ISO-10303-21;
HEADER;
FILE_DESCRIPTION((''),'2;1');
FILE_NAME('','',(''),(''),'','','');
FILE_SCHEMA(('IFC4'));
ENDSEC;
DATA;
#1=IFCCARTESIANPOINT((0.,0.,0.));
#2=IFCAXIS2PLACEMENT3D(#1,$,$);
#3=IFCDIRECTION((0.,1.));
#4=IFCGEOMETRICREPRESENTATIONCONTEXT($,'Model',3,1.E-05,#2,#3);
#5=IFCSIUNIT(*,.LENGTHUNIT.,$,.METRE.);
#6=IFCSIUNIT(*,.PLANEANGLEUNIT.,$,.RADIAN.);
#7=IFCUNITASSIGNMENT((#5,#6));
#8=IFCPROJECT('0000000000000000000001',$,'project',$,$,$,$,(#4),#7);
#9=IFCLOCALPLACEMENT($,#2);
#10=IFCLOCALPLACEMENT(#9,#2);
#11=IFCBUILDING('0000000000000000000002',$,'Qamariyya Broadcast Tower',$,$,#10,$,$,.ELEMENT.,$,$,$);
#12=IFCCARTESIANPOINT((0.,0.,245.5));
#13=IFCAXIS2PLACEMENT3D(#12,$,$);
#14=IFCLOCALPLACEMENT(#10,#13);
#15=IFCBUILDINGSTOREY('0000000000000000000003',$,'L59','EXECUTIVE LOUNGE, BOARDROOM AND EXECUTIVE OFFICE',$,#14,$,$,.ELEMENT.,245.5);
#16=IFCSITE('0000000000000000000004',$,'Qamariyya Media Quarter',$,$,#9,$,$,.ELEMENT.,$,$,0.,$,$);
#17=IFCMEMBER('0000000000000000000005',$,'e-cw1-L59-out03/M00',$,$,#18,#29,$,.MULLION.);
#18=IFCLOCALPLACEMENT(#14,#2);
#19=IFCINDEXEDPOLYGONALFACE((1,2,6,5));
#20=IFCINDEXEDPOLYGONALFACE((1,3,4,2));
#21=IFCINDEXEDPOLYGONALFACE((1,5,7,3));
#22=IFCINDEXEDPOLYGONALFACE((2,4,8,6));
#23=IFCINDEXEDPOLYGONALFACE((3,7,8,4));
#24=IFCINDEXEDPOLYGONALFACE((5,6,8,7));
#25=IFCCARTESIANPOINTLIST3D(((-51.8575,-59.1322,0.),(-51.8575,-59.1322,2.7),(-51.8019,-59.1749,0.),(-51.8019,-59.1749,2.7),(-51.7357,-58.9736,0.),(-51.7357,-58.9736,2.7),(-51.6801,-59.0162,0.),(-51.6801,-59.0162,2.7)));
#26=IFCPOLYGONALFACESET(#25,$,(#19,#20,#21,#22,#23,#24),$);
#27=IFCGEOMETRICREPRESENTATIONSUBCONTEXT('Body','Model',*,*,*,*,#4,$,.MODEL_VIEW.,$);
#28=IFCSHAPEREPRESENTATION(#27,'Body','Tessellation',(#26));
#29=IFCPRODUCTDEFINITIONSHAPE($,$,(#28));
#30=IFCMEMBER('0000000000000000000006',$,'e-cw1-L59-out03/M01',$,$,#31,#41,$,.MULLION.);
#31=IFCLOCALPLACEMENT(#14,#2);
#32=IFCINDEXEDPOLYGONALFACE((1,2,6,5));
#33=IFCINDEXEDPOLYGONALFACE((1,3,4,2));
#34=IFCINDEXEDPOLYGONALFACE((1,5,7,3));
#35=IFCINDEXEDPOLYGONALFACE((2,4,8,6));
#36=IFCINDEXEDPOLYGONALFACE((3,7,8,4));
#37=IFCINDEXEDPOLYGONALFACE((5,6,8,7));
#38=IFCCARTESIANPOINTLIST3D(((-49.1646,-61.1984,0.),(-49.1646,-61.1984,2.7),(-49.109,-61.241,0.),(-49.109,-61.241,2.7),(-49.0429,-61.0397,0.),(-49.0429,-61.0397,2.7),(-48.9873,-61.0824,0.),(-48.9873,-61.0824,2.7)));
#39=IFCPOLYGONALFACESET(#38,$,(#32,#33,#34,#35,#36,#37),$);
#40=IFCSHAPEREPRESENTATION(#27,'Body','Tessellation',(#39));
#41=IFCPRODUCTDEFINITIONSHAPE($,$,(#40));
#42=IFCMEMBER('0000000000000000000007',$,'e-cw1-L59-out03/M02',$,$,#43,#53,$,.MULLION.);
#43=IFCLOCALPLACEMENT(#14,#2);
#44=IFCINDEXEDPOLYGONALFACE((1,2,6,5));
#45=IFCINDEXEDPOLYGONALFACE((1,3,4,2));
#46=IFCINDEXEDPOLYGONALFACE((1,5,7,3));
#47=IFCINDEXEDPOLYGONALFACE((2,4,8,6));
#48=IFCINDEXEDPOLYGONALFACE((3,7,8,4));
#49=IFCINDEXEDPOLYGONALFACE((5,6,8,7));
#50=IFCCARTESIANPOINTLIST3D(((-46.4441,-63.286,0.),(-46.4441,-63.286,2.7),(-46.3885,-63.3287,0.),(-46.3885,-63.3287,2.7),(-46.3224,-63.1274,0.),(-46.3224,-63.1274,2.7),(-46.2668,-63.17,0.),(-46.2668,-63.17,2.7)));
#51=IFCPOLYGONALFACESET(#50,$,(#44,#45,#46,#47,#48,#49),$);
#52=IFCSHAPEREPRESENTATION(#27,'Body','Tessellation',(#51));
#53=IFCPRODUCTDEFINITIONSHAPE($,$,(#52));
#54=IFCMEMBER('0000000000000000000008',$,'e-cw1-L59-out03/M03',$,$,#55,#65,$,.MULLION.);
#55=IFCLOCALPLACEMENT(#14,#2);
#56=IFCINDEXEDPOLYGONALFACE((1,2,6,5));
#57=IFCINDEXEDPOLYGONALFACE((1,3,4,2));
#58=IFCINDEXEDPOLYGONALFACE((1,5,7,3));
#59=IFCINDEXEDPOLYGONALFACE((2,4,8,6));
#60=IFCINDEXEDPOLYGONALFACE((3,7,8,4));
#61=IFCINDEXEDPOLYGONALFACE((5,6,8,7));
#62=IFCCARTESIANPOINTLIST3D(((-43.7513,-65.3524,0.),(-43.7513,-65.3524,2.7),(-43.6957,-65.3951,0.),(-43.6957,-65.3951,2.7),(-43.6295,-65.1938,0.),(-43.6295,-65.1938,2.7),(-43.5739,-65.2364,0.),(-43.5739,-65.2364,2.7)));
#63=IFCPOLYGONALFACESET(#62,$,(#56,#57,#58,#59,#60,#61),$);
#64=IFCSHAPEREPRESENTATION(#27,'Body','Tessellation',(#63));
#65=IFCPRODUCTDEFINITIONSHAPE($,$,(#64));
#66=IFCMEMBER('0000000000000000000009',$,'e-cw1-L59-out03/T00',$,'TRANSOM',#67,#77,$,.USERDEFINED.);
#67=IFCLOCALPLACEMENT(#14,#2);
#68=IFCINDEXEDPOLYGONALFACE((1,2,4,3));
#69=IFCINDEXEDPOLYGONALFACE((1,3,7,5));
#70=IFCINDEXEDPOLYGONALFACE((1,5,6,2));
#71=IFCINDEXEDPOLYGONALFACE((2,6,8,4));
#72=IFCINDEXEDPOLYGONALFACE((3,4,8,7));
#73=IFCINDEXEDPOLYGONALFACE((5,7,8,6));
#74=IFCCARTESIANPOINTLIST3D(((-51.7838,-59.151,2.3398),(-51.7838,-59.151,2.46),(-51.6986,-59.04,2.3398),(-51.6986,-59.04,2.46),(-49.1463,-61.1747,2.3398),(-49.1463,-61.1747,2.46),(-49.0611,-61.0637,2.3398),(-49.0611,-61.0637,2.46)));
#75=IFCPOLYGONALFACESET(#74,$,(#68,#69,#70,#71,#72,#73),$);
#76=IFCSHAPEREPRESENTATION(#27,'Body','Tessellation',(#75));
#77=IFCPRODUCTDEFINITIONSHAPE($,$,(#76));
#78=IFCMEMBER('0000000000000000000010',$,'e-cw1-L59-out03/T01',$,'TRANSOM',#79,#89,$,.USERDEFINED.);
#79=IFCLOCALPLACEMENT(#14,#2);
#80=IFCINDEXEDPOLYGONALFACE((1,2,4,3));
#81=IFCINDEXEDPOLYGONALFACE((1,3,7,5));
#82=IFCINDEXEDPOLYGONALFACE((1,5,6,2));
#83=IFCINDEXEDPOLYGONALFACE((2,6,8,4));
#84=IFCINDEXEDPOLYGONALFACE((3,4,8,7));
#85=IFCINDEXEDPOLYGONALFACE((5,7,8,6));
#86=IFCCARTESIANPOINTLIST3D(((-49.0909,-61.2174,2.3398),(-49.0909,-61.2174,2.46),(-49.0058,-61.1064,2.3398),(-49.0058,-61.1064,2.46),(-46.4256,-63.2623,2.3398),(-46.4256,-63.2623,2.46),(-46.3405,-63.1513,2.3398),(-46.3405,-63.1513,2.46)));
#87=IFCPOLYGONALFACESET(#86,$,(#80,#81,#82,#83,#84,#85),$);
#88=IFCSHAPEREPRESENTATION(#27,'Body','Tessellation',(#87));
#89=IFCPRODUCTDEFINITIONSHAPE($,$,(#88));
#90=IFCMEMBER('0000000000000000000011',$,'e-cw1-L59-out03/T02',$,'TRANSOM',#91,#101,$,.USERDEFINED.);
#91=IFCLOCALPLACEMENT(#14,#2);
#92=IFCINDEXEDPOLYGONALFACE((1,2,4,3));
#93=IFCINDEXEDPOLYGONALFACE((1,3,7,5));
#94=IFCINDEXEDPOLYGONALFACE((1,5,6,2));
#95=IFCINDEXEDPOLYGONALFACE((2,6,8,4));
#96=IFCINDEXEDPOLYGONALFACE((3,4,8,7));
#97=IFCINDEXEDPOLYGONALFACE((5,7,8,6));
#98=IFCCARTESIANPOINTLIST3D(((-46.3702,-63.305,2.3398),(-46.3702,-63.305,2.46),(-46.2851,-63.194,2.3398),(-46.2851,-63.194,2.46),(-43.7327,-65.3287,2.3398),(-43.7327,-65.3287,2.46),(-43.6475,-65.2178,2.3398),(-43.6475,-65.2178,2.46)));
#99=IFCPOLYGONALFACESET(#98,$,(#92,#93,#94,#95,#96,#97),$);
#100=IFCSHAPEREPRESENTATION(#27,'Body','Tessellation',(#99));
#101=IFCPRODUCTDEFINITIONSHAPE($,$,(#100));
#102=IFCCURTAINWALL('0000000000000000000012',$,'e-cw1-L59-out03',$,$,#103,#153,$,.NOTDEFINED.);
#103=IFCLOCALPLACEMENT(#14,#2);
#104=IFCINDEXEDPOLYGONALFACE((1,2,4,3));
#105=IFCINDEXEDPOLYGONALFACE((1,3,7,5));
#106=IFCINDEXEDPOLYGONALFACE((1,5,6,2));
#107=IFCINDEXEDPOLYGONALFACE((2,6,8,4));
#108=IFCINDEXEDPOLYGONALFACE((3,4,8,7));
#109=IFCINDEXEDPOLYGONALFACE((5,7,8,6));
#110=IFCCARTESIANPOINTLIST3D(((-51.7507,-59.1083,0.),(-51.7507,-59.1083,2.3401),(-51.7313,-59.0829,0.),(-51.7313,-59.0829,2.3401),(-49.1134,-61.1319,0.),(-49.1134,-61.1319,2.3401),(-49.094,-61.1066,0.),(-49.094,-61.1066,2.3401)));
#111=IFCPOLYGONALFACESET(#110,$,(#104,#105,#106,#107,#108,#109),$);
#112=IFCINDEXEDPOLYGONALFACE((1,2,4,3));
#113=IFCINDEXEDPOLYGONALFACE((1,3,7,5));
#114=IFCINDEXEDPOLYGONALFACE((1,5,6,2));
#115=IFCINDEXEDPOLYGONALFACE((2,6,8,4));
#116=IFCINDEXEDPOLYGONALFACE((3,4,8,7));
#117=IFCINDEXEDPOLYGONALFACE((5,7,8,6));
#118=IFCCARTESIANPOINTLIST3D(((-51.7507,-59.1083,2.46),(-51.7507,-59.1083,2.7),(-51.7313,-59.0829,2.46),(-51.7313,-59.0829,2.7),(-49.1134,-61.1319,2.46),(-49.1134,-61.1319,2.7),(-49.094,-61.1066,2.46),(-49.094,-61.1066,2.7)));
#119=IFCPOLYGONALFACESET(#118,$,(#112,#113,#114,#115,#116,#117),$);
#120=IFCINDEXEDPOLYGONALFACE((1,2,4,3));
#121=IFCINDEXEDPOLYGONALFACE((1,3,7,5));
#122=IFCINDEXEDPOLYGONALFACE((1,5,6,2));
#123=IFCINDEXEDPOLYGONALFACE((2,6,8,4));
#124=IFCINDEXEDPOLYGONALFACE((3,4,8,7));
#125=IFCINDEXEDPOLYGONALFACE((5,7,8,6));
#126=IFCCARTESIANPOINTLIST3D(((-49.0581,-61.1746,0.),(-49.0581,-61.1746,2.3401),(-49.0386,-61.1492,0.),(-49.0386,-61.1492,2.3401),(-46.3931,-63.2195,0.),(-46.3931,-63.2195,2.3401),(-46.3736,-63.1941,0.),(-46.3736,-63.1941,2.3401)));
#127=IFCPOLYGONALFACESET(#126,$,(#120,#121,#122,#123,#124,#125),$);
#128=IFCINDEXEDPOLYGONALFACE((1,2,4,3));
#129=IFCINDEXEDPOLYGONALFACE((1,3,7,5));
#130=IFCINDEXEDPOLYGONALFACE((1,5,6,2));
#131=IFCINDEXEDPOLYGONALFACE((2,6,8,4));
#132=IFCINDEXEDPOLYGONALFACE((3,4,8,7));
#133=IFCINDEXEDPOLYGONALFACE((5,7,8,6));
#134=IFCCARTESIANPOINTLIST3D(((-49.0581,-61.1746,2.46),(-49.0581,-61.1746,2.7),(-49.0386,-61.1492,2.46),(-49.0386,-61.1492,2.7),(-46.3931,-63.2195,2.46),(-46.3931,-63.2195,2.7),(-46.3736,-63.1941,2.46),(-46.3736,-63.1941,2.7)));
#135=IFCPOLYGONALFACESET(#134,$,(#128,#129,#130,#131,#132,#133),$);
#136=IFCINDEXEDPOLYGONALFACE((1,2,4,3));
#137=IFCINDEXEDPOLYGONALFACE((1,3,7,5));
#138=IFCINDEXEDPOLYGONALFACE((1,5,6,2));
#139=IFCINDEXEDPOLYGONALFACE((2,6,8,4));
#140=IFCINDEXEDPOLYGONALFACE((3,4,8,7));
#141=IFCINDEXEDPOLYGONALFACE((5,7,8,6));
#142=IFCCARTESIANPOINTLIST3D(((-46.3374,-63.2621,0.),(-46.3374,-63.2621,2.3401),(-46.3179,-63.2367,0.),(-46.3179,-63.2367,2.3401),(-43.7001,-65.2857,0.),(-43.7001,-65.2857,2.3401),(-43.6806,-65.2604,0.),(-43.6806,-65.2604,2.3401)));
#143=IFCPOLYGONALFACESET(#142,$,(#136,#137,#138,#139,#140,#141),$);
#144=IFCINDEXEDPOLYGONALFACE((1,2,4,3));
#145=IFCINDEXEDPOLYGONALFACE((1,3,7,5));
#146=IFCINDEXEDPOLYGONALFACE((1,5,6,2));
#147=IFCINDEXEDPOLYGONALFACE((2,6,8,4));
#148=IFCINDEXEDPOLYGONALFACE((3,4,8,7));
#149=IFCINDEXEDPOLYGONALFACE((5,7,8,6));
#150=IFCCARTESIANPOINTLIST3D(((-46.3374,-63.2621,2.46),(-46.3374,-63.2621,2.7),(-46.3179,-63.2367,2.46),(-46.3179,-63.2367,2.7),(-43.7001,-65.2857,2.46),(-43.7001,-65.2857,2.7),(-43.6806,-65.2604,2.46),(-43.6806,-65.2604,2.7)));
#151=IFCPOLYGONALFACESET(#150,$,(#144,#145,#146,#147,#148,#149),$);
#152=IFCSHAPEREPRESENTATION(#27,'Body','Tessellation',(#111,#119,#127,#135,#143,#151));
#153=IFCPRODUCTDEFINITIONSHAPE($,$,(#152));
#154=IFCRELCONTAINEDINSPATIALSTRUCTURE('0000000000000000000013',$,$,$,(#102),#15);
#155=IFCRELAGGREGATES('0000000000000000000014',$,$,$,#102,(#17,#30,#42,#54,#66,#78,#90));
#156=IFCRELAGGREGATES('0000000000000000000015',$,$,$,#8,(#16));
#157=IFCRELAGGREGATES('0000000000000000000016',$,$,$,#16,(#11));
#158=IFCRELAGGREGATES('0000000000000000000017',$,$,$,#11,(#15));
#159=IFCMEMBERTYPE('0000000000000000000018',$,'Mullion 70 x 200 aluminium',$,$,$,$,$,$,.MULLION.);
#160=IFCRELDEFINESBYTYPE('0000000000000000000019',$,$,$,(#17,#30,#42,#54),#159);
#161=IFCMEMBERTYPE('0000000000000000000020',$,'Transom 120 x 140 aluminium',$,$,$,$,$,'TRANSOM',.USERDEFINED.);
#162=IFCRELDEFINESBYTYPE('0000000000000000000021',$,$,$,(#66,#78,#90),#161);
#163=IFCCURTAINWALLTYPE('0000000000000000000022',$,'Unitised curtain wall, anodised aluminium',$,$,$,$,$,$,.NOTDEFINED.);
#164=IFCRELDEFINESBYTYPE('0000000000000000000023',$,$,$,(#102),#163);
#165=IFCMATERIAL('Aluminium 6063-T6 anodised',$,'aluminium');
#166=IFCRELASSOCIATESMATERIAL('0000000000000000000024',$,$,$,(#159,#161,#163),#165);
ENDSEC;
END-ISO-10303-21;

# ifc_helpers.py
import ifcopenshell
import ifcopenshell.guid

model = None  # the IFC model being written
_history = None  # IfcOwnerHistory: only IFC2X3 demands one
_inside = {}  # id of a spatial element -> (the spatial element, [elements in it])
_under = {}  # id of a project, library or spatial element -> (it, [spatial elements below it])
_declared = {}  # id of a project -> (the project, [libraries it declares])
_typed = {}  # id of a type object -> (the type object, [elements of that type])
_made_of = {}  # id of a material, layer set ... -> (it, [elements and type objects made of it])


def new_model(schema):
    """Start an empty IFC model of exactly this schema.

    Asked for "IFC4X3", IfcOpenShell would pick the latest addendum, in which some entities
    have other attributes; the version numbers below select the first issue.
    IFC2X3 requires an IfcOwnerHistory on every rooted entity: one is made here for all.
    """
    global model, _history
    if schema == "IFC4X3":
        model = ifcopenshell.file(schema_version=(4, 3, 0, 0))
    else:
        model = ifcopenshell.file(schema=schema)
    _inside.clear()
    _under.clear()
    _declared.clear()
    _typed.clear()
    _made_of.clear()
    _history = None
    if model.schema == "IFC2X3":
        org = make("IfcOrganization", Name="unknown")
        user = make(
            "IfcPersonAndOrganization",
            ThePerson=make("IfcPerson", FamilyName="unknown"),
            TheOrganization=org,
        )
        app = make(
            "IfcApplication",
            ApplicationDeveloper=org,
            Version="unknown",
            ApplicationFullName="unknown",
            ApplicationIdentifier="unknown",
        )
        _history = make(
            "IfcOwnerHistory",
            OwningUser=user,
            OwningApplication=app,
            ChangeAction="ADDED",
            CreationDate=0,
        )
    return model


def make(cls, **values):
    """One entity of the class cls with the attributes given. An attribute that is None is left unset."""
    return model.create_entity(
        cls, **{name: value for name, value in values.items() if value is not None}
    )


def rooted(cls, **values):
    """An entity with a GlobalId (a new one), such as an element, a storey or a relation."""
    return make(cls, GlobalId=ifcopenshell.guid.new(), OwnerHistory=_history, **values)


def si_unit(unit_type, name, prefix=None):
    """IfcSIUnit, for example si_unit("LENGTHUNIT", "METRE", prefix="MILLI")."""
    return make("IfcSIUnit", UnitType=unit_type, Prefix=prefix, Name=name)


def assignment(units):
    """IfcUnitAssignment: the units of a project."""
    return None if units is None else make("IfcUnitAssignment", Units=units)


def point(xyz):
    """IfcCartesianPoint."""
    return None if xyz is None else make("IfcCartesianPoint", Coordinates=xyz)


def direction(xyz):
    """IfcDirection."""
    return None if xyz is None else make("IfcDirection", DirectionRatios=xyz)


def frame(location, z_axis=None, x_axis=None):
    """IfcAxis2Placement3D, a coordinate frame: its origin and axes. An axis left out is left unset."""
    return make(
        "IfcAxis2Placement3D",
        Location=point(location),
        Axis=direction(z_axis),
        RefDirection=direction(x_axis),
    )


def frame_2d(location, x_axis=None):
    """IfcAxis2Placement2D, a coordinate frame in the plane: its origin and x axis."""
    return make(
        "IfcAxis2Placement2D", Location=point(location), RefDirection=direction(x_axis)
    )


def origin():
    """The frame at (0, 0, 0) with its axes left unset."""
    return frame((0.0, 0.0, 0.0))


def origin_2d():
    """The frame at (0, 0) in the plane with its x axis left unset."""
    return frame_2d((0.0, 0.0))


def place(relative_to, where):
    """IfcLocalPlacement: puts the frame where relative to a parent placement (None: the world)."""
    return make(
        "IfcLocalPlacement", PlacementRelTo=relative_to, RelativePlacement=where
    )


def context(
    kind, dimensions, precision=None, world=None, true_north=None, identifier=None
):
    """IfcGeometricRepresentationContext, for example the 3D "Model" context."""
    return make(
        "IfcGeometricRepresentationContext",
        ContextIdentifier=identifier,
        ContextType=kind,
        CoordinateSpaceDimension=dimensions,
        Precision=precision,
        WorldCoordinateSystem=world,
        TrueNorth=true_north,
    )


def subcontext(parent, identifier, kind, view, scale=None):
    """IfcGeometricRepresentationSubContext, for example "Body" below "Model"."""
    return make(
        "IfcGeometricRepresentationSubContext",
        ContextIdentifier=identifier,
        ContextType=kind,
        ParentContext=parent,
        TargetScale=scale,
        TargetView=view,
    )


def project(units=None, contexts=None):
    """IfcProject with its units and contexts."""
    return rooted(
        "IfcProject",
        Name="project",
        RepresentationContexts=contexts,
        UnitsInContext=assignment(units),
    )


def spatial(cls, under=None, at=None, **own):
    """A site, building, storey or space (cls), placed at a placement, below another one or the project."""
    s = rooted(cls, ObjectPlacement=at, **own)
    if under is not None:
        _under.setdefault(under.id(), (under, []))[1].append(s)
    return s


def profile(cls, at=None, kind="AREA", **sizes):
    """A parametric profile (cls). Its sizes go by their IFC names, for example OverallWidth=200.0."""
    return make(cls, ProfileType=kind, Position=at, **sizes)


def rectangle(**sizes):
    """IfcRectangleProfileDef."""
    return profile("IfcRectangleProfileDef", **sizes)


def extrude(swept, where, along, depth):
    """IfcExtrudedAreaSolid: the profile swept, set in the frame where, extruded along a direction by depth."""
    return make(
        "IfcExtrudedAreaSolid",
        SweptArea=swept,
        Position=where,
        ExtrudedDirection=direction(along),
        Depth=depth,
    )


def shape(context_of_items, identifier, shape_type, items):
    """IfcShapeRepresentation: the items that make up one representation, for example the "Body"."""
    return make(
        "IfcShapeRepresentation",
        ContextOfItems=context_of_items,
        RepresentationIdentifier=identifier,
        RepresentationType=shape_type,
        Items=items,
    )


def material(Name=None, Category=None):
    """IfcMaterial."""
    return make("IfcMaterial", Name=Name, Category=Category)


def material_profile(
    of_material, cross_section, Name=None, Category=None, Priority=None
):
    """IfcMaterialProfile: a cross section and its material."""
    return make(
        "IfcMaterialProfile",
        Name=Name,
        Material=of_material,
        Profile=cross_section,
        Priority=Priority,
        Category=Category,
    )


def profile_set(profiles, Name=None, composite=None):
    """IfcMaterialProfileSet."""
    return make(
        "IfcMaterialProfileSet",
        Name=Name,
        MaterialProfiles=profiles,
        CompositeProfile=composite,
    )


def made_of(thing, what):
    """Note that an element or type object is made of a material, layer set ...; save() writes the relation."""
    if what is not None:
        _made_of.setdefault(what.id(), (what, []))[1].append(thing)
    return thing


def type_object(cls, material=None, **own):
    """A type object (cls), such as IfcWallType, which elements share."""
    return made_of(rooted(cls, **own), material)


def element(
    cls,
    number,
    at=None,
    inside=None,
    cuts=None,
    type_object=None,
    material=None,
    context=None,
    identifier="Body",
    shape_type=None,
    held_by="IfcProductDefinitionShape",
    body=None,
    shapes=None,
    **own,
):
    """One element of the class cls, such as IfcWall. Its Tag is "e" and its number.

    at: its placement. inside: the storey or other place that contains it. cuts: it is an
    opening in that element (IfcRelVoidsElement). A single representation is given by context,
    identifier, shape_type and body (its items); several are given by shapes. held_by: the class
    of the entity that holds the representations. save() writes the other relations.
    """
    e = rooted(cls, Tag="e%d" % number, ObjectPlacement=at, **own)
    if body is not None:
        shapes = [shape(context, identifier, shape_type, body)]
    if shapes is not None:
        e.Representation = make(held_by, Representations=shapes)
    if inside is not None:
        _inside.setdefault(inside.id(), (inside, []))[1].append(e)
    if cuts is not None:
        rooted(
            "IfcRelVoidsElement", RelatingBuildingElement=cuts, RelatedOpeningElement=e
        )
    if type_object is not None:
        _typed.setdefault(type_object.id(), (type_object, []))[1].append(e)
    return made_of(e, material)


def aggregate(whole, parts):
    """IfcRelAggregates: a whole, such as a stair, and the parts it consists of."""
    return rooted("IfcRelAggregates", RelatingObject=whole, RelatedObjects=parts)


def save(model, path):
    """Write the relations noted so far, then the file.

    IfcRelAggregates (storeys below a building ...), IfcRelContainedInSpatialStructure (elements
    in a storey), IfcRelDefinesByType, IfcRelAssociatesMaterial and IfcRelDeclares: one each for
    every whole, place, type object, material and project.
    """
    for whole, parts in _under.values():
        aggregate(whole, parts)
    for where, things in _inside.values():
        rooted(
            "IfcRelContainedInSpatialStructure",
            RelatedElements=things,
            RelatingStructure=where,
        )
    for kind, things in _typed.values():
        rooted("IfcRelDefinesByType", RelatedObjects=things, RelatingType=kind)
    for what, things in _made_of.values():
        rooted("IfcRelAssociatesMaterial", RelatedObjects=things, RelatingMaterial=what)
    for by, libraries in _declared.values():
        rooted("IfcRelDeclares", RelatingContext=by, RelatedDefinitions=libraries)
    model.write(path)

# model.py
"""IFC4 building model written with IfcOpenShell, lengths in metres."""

from ifc_helpers import new_model, si_unit, direction, frame, origin, origin_2d, place, context, subcontext, project, spatial, rectangle, extrude, material, material_profile, profile_set, type_object, element, aggregate, save


model = new_model("IFC4")

# Units and contexts
model_context = context("Model", 3, precision=1e-05, world=origin(), true_north=direction((0.0, 1.0)))
body_context = subcontext(model_context, "Body", "Model", "MODEL_VIEW")
ifc_project = project(units=[si_unit("LENGTHUNIT", "METRE"), si_unit("PLANEANGLEUNIT", "RADIAN")], contexts=[model_context])

# Members
ifc_material = material(Name="Aluminium 6063-T6 anodised", Category="aluminium")
ifc_material_profile_1 = material_profile(ifc_material, rectangle(XDim=0.2, YDim=0.0701, at=origin_2d()))
ifc_profile_set_1 = profile_set([ifc_material_profile_1], Name="Aluminium 6063-T6 anodised")
member_type_1 = type_object("IfcMemberType", Name="Mullion 70 x 200 aluminium", PredefinedType="MULLION", material=ifc_profile_set_1)
site_placement = place(None, origin())
building_placement = place(site_placement, origin())
storey_placement = place(building_placement, frame((0.0, 0.0, 245.5)))
member_1_placement = place(storey_placement, frame((-51.7688, -59.0742, 0.0), z_axis=(0.0, 0.0, 1.0), x_axis=(0.608761, 0.793353, 0.0)))
member_1 = element("IfcMember", 1, at=member_1_placement, type_object=member_type_1, Name="e-cw1-L59-out03/M00", PredefinedType="MULLION", context=body_context, shape_type="SweptSolid", body=[
    extrude(rectangle(XDim=0.2, YDim=0.0701, at=origin_2d()), origin(), (0.0, 0.0, 1.0), 2.7),
])
member_2_placement = place(storey_placement, frame((-49.0759, -61.1404, 0.0), z_axis=(0.0, 0.0, 1.0), x_axis=(0.608761, 0.793353, 0.0)))
member_2 = element("IfcMember", 2, at=member_2_placement, type_object=member_type_1, Name="e-cw1-L59-out03/M01", PredefinedType="MULLION", context=body_context, shape_type="SweptSolid", body=[
    extrude(rectangle(XDim=0.2, YDim=0.0701, at=origin_2d()), origin(), (0.0, 0.0, 1.0), 2.7),
])
member_3_placement = place(storey_placement, frame((-46.3555, -63.228, 0.0), z_axis=(0.0, 0.0, 1.0), x_axis=(0.608761, 0.793353, 0.0)))
member_3 = element("IfcMember", 3, at=member_3_placement, type_object=member_type_1, Name="e-cw1-L59-out03/M02", PredefinedType="MULLION", context=body_context, shape_type="SweptSolid", body=[
    extrude(rectangle(XDim=0.2, YDim=0.0701, at=origin_2d()), origin(), (0.0, 0.0, 1.0), 2.7),
])
member_4_placement = place(storey_placement, frame((-43.6626, -65.2944, 0.0), z_axis=(0.0, 0.0, 1.0), x_axis=(0.608761, 0.793353, 0.0)))
member_4 = element("IfcMember", 4, at=member_4_placement, type_object=member_type_1, Name="e-cw1-L59-out03/M03", PredefinedType="MULLION", context=body_context, shape_type="SweptSolid", body=[
    extrude(rectangle(XDim=0.2, YDim=0.0701, at=origin_2d()), origin(), (0.0, 0.0, 1.0), 2.7),
])
ifc_material_profile_2 = material_profile(ifc_material, rectangle(XDim=0.1399, YDim=0.1201, at=origin_2d()))
ifc_profile_set_2 = profile_set([ifc_material_profile_2], Name="Aluminium 6063-T6 anodised")
member_type_2 = type_object("IfcMemberType", Name="Transom 120 x 140 aluminium", ElementType="TRANSOM", PredefinedType="USERDEFINED", material=ifc_profile_set_2)
member_5_placement = place(storey_placement, frame((-51.7412, -59.0955, 2.3999), z_axis=(0.793369, -0.608741, 0.0), x_axis=(0.608741, 0.793369, 0.0)))
member_5 = element("IfcMember", 5, at=member_5_placement, type_object=member_type_2, Name="e-cw1-L59-out03/T00", ObjectType="TRANSOM", PredefinedType="USERDEFINED", context=body_context, shape_type="SweptSolid", body=[
    extrude(rectangle(XDim=0.1399, YDim=0.1201, at=origin_2d()), origin(), (0.0, 0.0, 1.0), 3.3245),
])
member_6_placement = place(storey_placement, frame((-49.0483, -61.1619, 2.3999), z_axis=(0.793385, -0.60872, 0.0), x_axis=(0.60872, 0.793385, 0.0)))
member_6 = element("IfcMember", 6, at=member_6_placement, type_object=member_type_2, Name="e-cw1-L59-out03/T01", ObjectType="TRANSOM", PredefinedType="USERDEFINED", context=body_context, shape_type="SweptSolid", body=[
    extrude(rectangle(XDim=0.1399, YDim=0.1201, at=origin_2d()), origin(), (0.0, 0.0, 1.0), 3.3594),
])
member_7_placement = place(storey_placement, frame((-46.3276, -63.2495, 2.3999), z_axis=(0.793369, -0.608741, 0.0), x_axis=(0.608741, 0.793369, 0.0)))
member_7 = element("IfcMember", 7, at=member_7_placement, type_object=member_type_2, Name="e-cw1-L59-out03/T02", ObjectType="TRANSOM", PredefinedType="USERDEFINED", context=body_context, shape_type="SweptSolid", body=[
    extrude(rectangle(XDim=0.1399, YDim=0.1201, at=origin_2d()), origin(), (0.0, 0.0, 1.0), 3.3245),
])

# Site, building, storey
site = spatial("IfcSite", under=ifc_project, at=site_placement, Name="Qamariyya Media Quarter", CompositionType="ELEMENT", RefElevation=0.0)
building = spatial("IfcBuilding", under=site, at=building_placement, Name="Qamariyya Broadcast Tower", CompositionType="ELEMENT")
storey = spatial("IfcBuildingStorey", under=building, at=storey_placement, Name="L59", Description="EXECUTIVE LOUNGE, BOARDROOM AND EXECUTIVE OFFICE", CompositionType="ELEMENT", Elevation=245.5)

# Curtain wall
curtain_wall_type = type_object("IfcCurtainWallType", Name="Unitised curtain wall, anodised aluminium", PredefinedType="NOTDEFINED", material=ifc_material)
curtain_wall_1_placement = place(storey_placement, origin())
curtain_wall_1 = element("IfcCurtainWall", 8, at=curtain_wall_1_placement, inside=storey, type_object=curtain_wall_type, Name="e-cw1-L59-out03", PredefinedType="NOTDEFINED", context=body_context, shape_type="SweptSolid", body=[
    extrude(rectangle(XDim=3.3242, YDim=0.032, at=origin_2d()), frame((-50.4224, -60.1074, 0.0), x_axis=(0.793359, -0.608754, 0.0)), (0.0, 0.0, 1.0), 2.3401),
    extrude(rectangle(XDim=3.3242, YDim=0.032, at=origin_2d()), frame((-50.4224, -60.1074, 2.46), x_axis=(0.793359, -0.608754, 0.0)), (0.0, 0.0, 1.0), 0.24),
    extrude(rectangle(XDim=3.3591, YDim=0.032, at=origin_2d()), frame((-47.7158, -62.1843, 0.0), x_axis=(0.793359, -0.608754, 0.0)), (0.0, 0.0, 1.0), 2.3401),
    extrude(rectangle(XDim=3.3591, YDim=0.032, at=origin_2d()), frame((-47.7158, -62.1843, 2.46), x_axis=(0.793359, -0.608754, 0.0)), (0.0, 0.0, 1.0), 0.24),
    extrude(rectangle(XDim=3.3242, YDim=0.032, at=origin_2d()), frame((-45.009, -64.2612, 0.0), x_axis=(0.793359, -0.608754, 0.0)), (0.0, 0.0, 1.0), 2.3401),
    extrude(rectangle(XDim=3.3242, YDim=0.032, at=origin_2d()), frame((-45.009, -64.2612, 2.46), x_axis=(0.793359, -0.608754, 0.0)), (0.0, 0.0, 1.0), 0.24),
])
aggregate(curtain_wall_1, [member_1, member_2, member_3, member_4, member_5, member_6, member_7])

save(model, "model.ifc")
